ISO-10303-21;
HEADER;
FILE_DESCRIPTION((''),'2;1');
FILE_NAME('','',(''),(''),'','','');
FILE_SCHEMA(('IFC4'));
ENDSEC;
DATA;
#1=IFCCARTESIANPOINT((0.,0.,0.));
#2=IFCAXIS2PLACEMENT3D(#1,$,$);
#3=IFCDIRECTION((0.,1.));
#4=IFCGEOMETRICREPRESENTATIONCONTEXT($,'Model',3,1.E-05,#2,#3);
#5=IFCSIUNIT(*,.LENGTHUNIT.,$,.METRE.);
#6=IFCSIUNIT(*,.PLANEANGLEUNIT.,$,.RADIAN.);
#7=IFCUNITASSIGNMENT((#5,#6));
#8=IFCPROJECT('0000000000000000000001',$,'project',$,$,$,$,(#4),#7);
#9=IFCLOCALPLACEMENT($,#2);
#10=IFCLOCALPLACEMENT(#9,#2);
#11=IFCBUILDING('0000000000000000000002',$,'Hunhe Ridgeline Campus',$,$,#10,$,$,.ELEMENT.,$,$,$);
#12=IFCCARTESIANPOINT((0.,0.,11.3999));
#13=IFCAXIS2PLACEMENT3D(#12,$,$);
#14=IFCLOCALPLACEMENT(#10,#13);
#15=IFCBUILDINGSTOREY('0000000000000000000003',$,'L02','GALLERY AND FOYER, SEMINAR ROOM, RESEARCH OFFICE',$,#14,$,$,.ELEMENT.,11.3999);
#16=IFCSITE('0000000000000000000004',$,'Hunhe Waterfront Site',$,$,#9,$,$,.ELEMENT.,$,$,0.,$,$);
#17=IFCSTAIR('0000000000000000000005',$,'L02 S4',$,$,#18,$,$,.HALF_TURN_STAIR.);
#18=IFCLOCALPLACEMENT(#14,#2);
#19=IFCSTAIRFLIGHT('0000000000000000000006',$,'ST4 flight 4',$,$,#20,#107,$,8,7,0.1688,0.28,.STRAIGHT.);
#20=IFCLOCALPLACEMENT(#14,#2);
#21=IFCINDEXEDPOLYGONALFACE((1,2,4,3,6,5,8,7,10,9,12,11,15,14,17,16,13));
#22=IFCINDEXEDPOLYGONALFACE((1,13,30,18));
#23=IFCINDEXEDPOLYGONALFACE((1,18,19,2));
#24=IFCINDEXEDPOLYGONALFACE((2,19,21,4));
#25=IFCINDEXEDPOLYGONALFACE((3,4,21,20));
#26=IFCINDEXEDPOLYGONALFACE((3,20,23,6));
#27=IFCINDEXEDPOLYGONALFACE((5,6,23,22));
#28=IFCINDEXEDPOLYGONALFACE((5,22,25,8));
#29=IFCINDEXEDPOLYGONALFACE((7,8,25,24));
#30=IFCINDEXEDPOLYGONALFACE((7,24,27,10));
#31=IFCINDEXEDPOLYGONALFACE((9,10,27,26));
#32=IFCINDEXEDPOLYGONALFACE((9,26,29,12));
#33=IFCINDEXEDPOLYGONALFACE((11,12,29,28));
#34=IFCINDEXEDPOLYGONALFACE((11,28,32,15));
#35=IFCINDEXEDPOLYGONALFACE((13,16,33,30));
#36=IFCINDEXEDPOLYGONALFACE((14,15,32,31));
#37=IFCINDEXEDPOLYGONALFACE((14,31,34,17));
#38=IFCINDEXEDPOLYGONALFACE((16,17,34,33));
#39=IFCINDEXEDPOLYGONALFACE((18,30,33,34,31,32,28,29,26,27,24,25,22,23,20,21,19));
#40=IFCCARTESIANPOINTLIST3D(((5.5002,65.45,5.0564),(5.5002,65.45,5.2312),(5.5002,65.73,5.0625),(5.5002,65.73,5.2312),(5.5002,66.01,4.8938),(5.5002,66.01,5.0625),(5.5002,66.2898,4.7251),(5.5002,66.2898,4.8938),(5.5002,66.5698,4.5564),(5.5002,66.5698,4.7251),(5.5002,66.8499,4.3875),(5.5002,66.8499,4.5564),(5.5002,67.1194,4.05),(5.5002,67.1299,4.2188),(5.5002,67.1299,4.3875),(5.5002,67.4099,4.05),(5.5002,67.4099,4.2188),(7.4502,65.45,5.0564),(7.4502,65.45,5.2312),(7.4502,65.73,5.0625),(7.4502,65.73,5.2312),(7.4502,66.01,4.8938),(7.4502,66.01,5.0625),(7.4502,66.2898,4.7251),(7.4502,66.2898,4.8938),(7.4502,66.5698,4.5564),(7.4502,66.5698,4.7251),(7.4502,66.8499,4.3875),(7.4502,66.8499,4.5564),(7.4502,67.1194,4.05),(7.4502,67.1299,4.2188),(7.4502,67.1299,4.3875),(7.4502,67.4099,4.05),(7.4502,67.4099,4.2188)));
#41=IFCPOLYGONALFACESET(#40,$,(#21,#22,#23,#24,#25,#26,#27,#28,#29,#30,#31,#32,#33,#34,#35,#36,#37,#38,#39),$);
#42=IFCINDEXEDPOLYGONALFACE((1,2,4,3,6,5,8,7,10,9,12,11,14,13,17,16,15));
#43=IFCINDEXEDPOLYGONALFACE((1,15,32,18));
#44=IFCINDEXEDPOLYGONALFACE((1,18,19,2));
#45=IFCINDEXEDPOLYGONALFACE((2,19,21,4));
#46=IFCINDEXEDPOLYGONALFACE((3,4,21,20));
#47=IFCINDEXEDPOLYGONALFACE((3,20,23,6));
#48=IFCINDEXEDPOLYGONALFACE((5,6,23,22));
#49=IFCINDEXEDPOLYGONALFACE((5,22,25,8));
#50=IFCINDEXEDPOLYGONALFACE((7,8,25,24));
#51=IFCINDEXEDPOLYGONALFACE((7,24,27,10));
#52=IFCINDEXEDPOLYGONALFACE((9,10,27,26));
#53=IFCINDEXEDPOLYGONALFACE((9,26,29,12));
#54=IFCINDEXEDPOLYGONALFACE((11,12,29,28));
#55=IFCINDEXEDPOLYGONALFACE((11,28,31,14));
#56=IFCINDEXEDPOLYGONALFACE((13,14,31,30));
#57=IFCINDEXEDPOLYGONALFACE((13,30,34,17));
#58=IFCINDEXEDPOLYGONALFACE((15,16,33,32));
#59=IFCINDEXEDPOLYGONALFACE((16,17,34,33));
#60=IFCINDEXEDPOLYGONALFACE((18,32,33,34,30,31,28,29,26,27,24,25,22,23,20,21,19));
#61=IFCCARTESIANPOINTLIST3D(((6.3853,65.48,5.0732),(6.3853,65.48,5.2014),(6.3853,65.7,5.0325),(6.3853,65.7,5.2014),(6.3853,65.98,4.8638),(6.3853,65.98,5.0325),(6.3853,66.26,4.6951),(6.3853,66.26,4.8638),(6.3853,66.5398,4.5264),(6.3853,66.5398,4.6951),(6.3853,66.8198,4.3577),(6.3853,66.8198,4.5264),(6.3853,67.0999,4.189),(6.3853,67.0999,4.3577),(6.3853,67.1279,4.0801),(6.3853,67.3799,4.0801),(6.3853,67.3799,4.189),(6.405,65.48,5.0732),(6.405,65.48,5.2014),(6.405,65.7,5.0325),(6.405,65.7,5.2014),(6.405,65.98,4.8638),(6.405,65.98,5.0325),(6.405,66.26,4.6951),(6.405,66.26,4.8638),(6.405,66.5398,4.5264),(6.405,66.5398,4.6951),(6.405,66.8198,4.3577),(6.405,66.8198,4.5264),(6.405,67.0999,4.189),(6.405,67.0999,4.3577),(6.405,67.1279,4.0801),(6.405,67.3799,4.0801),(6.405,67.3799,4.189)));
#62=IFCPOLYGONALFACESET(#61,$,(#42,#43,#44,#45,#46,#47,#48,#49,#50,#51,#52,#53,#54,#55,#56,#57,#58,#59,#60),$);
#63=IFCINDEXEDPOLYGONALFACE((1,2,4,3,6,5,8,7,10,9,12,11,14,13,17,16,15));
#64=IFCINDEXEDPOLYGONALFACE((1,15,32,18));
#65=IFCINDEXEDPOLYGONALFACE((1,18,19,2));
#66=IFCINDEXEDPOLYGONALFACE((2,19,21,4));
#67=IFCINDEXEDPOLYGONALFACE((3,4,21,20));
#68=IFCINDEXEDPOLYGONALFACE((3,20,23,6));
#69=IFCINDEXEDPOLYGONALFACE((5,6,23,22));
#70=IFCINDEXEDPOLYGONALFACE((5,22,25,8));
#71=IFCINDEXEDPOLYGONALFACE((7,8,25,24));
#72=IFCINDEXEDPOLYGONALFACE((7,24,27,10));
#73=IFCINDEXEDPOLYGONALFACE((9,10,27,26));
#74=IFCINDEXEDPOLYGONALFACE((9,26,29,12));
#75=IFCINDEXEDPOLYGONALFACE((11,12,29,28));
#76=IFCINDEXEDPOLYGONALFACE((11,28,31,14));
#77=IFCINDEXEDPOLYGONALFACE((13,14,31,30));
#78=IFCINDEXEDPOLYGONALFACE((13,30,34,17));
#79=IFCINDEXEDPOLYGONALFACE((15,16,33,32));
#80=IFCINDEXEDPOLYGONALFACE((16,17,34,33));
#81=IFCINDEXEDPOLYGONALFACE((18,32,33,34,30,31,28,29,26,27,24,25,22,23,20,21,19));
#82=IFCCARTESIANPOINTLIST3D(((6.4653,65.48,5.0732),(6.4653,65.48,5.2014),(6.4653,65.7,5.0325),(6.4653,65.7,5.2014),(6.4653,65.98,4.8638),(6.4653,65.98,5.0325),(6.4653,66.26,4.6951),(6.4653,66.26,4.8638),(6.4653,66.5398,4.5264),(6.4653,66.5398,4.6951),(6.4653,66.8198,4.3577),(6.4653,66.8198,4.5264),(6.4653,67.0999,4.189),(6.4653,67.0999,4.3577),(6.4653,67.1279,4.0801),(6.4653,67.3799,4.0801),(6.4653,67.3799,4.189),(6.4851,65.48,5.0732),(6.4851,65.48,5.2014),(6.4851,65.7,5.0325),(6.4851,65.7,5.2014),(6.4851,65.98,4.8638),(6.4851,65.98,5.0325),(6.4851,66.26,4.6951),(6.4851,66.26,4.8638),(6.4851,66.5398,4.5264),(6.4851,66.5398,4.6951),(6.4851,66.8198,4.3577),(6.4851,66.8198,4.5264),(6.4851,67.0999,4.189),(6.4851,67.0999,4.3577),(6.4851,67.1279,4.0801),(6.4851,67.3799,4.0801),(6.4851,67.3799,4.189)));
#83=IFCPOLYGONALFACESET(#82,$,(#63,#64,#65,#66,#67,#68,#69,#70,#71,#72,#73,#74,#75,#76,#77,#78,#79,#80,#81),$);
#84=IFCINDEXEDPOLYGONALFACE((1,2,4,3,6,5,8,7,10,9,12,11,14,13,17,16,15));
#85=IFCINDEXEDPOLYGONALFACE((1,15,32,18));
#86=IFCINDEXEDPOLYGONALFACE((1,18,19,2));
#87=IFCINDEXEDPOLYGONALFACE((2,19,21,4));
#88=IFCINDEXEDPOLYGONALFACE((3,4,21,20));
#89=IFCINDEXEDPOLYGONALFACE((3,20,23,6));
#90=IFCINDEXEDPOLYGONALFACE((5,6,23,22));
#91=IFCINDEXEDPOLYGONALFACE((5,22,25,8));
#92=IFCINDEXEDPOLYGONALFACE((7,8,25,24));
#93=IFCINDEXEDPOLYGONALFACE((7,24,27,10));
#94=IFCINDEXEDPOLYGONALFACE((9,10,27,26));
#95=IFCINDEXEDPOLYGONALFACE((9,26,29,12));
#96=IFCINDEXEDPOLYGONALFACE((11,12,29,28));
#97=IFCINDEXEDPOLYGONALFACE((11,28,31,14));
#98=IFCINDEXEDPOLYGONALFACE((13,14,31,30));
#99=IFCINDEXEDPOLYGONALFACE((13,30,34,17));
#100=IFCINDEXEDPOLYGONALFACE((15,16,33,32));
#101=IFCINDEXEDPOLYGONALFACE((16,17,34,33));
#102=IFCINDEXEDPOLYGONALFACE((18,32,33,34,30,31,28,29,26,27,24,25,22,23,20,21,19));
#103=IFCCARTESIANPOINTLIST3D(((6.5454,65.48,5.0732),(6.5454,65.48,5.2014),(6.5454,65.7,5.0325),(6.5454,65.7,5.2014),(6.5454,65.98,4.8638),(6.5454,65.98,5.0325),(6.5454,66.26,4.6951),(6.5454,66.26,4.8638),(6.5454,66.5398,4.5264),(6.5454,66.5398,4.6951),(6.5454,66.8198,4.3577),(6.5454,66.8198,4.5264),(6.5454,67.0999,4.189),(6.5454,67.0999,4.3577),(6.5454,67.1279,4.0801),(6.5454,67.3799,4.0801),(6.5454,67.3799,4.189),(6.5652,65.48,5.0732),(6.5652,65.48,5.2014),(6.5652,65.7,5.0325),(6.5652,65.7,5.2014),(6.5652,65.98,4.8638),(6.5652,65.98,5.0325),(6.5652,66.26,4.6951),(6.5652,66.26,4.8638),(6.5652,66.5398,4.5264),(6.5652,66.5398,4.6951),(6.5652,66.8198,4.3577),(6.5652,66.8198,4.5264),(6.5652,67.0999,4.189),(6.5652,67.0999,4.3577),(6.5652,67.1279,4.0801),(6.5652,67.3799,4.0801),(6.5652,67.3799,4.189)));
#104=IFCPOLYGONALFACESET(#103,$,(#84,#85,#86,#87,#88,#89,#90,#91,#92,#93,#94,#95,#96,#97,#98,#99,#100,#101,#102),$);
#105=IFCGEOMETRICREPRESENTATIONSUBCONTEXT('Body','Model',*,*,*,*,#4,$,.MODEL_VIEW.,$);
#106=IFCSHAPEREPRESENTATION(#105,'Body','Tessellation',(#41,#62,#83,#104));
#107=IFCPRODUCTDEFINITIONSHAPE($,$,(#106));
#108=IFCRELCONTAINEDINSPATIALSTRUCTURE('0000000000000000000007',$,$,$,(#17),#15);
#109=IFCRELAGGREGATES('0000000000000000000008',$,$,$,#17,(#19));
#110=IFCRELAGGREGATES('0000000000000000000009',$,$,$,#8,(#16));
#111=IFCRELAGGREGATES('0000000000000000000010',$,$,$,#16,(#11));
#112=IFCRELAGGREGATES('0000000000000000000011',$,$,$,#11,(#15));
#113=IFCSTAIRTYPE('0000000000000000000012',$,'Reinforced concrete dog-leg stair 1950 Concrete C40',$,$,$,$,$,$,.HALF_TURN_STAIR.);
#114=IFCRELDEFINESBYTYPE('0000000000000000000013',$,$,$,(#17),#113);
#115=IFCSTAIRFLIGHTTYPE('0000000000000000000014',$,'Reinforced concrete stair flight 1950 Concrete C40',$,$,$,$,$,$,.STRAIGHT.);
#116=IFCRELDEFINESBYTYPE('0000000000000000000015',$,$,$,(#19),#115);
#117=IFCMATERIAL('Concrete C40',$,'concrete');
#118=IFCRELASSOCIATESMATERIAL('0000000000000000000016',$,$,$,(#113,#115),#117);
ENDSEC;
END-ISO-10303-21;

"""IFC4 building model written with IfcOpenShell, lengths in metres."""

from ifc_helpers import new_model, si_unit, direction, frame, origin, place, context, subcontext, project, spatial, polyline, outline, extrude, material, type_object, element, aggregate, save


model = new_model("IFC4")

# Units and contexts
model_context = context("Model", 3, precision=1e-05, world=origin(), true_north=direction((0.0, 1.0)))
body_context = subcontext(model_context, "Body", "Model", "MODEL_VIEW")
ifc_project = project(units=[si_unit("LENGTHUNIT", "METRE"), si_unit("PLANEANGLEUNIT", "RADIAN")], contexts=[model_context])

# Site, building, storey
site_placement = place(None, origin())
site = spatial("IfcSite", under=ifc_project, at=site_placement, Name="Hunhe Waterfront Site", CompositionType="ELEMENT", RefElevation=0.0)
building_placement = place(site_placement, origin())
building = spatial("IfcBuilding", under=site, at=building_placement, Name="Hunhe Ridgeline Campus", CompositionType="ELEMENT")
storey_placement = place(building_placement, frame((0.0, 0.0, 11.3999)))
storey = spatial("IfcBuildingStorey", under=building, at=storey_placement, Name="L02", Description="GALLERY AND FOYER, SEMINAR ROOM, RESEARCH OFFICE", CompositionType="ELEMENT", Elevation=11.3999)

# Stair, stair flight
ifc_material_1 = material(Name="Concrete C40", Category="concrete")
stair_type = type_object("IfcStairType", Name="Reinforced concrete dog-leg stair 1950 Concrete C40", PredefinedType="HALF_TURN_STAIR", material=ifc_material_1)
stair_flight_type = type_object("IfcStairFlightType", Name="Reinforced concrete stair flight 1950 Concrete C40", PredefinedType="STRAIGHT", material=ifc_material_1)
stair_1_placement = place(storey_placement, origin())
stair_1 = element("IfcStair", 1, at=stair_1_placement, inside=storey, type_object=stair_type, Name="L02 S4", PredefinedType="HALF_TURN_STAIR")
stair_flight_1_placement = place(storey_placement, frame((6.4751, 67.4099, 4.05), z_axis=(0.0, 0.0, 1.0), x_axis=(0.0, -1.0, 0.0)))
stair_flight_1 = element("IfcStairFlight", 2, at=stair_flight_1_placement, type_object=stair_flight_type, Name="ST4 flight 4", NumberOfRisers=8, NumberOfTreads=7, PredefinedType="STRAIGHT", RiserHeight=0.1688, TreadLength=0.28, context=body_context, shape_type="SweptSolid", body=[
    extrude(outline(polyline([(0.0, 0.0), (0.0, 0.1687), (0.28, 0.1687), (0.28, 0.3374), (0.5601, 0.3374), (0.5601, 0.5063), (0.8401, 0.5063), (0.8401, 0.675), (1.1201, 0.675), (1.1201, 0.8438), (1.3999, 0.8438), (1.3999, 1.0125), (1.6799, 1.0125), (1.6799, 1.1812), (1.96, 1.1812), (1.96, 1.3501), (1.96, 1.0063), (0.2905, 0.0), (0.0, 0.0)])), frame((0.0, 0.9751, 0.0), z_axis=(0.0, -1.0, 0.0), x_axis=(1.0, 0.0, 0.0)), (0.0, 0.0, 1.0), 1.95),
    extrude(outline(polyline([(0.03, 0.03), (0.03, 0.1389), (0.3101, 0.1389), (0.3101, 0.3076), (0.5901, 0.3076), (0.5901, 0.4763), (0.8701, 0.4763), (0.8701, 0.645), (1.1499, 0.645), (1.1499, 0.8137), (1.4299, 0.8137), (1.4299, 0.9824), (1.71, 0.9824), (1.71, 1.1514), (1.9299, 1.1514), (1.9299, 1.0232), (0.282, 0.03), (0.03, 0.03)])), frame((0.0, -0.0701, 0.0), z_axis=(0.0, -1.0, 0.0), x_axis=(1.0, 0.0, 0.0)), (0.0, 0.0, 1.0), 0.0198),
    extrude(outline(polyline([(0.03, 0.03), (0.03, 0.1389), (0.3101, 0.1389), (0.3101, 0.3076), (0.5901, 0.3076), (0.5901, 0.4763), (0.8701, 0.4763), (0.8701, 0.645), (1.1499, 0.645), (1.1499, 0.8137), (1.4299, 0.8137), (1.4299, 0.9824), (1.71, 0.9824), (1.71, 1.1514), (1.9299, 1.1514), (1.9299, 1.0232), (0.282, 0.03), (0.03, 0.03)])), frame((0.0, 0.01, 0.0), z_axis=(0.0, -1.0, 0.0), x_axis=(1.0, 0.0, 0.0)), (0.0, 0.0, 1.0), 0.0198),
    extrude(outline(polyline([(0.03, 0.03), (0.03, 0.1389), (0.3101, 0.1389), (0.3101, 0.3076), (0.5901, 0.3076), (0.5901, 0.4763), (0.8701, 0.4763), (0.8701, 0.645), (1.1499, 0.645), (1.1499, 0.8137), (1.4299, 0.8137), (1.4299, 0.9824), (1.71, 0.9824), (1.71, 1.1514), (1.9299, 1.1514), (1.9299, 1.0232), (0.282, 0.03), (0.03, 0.03)])), frame((0.0, 0.0901, 0.0), z_axis=(0.0, -1.0, 0.0), x_axis=(1.0, 0.0, 0.0)), (0.0, 0.0, 1.0), 0.0198),
])
aggregate(stair_1, [stair_flight_1])

save(model, "model.ifc")
